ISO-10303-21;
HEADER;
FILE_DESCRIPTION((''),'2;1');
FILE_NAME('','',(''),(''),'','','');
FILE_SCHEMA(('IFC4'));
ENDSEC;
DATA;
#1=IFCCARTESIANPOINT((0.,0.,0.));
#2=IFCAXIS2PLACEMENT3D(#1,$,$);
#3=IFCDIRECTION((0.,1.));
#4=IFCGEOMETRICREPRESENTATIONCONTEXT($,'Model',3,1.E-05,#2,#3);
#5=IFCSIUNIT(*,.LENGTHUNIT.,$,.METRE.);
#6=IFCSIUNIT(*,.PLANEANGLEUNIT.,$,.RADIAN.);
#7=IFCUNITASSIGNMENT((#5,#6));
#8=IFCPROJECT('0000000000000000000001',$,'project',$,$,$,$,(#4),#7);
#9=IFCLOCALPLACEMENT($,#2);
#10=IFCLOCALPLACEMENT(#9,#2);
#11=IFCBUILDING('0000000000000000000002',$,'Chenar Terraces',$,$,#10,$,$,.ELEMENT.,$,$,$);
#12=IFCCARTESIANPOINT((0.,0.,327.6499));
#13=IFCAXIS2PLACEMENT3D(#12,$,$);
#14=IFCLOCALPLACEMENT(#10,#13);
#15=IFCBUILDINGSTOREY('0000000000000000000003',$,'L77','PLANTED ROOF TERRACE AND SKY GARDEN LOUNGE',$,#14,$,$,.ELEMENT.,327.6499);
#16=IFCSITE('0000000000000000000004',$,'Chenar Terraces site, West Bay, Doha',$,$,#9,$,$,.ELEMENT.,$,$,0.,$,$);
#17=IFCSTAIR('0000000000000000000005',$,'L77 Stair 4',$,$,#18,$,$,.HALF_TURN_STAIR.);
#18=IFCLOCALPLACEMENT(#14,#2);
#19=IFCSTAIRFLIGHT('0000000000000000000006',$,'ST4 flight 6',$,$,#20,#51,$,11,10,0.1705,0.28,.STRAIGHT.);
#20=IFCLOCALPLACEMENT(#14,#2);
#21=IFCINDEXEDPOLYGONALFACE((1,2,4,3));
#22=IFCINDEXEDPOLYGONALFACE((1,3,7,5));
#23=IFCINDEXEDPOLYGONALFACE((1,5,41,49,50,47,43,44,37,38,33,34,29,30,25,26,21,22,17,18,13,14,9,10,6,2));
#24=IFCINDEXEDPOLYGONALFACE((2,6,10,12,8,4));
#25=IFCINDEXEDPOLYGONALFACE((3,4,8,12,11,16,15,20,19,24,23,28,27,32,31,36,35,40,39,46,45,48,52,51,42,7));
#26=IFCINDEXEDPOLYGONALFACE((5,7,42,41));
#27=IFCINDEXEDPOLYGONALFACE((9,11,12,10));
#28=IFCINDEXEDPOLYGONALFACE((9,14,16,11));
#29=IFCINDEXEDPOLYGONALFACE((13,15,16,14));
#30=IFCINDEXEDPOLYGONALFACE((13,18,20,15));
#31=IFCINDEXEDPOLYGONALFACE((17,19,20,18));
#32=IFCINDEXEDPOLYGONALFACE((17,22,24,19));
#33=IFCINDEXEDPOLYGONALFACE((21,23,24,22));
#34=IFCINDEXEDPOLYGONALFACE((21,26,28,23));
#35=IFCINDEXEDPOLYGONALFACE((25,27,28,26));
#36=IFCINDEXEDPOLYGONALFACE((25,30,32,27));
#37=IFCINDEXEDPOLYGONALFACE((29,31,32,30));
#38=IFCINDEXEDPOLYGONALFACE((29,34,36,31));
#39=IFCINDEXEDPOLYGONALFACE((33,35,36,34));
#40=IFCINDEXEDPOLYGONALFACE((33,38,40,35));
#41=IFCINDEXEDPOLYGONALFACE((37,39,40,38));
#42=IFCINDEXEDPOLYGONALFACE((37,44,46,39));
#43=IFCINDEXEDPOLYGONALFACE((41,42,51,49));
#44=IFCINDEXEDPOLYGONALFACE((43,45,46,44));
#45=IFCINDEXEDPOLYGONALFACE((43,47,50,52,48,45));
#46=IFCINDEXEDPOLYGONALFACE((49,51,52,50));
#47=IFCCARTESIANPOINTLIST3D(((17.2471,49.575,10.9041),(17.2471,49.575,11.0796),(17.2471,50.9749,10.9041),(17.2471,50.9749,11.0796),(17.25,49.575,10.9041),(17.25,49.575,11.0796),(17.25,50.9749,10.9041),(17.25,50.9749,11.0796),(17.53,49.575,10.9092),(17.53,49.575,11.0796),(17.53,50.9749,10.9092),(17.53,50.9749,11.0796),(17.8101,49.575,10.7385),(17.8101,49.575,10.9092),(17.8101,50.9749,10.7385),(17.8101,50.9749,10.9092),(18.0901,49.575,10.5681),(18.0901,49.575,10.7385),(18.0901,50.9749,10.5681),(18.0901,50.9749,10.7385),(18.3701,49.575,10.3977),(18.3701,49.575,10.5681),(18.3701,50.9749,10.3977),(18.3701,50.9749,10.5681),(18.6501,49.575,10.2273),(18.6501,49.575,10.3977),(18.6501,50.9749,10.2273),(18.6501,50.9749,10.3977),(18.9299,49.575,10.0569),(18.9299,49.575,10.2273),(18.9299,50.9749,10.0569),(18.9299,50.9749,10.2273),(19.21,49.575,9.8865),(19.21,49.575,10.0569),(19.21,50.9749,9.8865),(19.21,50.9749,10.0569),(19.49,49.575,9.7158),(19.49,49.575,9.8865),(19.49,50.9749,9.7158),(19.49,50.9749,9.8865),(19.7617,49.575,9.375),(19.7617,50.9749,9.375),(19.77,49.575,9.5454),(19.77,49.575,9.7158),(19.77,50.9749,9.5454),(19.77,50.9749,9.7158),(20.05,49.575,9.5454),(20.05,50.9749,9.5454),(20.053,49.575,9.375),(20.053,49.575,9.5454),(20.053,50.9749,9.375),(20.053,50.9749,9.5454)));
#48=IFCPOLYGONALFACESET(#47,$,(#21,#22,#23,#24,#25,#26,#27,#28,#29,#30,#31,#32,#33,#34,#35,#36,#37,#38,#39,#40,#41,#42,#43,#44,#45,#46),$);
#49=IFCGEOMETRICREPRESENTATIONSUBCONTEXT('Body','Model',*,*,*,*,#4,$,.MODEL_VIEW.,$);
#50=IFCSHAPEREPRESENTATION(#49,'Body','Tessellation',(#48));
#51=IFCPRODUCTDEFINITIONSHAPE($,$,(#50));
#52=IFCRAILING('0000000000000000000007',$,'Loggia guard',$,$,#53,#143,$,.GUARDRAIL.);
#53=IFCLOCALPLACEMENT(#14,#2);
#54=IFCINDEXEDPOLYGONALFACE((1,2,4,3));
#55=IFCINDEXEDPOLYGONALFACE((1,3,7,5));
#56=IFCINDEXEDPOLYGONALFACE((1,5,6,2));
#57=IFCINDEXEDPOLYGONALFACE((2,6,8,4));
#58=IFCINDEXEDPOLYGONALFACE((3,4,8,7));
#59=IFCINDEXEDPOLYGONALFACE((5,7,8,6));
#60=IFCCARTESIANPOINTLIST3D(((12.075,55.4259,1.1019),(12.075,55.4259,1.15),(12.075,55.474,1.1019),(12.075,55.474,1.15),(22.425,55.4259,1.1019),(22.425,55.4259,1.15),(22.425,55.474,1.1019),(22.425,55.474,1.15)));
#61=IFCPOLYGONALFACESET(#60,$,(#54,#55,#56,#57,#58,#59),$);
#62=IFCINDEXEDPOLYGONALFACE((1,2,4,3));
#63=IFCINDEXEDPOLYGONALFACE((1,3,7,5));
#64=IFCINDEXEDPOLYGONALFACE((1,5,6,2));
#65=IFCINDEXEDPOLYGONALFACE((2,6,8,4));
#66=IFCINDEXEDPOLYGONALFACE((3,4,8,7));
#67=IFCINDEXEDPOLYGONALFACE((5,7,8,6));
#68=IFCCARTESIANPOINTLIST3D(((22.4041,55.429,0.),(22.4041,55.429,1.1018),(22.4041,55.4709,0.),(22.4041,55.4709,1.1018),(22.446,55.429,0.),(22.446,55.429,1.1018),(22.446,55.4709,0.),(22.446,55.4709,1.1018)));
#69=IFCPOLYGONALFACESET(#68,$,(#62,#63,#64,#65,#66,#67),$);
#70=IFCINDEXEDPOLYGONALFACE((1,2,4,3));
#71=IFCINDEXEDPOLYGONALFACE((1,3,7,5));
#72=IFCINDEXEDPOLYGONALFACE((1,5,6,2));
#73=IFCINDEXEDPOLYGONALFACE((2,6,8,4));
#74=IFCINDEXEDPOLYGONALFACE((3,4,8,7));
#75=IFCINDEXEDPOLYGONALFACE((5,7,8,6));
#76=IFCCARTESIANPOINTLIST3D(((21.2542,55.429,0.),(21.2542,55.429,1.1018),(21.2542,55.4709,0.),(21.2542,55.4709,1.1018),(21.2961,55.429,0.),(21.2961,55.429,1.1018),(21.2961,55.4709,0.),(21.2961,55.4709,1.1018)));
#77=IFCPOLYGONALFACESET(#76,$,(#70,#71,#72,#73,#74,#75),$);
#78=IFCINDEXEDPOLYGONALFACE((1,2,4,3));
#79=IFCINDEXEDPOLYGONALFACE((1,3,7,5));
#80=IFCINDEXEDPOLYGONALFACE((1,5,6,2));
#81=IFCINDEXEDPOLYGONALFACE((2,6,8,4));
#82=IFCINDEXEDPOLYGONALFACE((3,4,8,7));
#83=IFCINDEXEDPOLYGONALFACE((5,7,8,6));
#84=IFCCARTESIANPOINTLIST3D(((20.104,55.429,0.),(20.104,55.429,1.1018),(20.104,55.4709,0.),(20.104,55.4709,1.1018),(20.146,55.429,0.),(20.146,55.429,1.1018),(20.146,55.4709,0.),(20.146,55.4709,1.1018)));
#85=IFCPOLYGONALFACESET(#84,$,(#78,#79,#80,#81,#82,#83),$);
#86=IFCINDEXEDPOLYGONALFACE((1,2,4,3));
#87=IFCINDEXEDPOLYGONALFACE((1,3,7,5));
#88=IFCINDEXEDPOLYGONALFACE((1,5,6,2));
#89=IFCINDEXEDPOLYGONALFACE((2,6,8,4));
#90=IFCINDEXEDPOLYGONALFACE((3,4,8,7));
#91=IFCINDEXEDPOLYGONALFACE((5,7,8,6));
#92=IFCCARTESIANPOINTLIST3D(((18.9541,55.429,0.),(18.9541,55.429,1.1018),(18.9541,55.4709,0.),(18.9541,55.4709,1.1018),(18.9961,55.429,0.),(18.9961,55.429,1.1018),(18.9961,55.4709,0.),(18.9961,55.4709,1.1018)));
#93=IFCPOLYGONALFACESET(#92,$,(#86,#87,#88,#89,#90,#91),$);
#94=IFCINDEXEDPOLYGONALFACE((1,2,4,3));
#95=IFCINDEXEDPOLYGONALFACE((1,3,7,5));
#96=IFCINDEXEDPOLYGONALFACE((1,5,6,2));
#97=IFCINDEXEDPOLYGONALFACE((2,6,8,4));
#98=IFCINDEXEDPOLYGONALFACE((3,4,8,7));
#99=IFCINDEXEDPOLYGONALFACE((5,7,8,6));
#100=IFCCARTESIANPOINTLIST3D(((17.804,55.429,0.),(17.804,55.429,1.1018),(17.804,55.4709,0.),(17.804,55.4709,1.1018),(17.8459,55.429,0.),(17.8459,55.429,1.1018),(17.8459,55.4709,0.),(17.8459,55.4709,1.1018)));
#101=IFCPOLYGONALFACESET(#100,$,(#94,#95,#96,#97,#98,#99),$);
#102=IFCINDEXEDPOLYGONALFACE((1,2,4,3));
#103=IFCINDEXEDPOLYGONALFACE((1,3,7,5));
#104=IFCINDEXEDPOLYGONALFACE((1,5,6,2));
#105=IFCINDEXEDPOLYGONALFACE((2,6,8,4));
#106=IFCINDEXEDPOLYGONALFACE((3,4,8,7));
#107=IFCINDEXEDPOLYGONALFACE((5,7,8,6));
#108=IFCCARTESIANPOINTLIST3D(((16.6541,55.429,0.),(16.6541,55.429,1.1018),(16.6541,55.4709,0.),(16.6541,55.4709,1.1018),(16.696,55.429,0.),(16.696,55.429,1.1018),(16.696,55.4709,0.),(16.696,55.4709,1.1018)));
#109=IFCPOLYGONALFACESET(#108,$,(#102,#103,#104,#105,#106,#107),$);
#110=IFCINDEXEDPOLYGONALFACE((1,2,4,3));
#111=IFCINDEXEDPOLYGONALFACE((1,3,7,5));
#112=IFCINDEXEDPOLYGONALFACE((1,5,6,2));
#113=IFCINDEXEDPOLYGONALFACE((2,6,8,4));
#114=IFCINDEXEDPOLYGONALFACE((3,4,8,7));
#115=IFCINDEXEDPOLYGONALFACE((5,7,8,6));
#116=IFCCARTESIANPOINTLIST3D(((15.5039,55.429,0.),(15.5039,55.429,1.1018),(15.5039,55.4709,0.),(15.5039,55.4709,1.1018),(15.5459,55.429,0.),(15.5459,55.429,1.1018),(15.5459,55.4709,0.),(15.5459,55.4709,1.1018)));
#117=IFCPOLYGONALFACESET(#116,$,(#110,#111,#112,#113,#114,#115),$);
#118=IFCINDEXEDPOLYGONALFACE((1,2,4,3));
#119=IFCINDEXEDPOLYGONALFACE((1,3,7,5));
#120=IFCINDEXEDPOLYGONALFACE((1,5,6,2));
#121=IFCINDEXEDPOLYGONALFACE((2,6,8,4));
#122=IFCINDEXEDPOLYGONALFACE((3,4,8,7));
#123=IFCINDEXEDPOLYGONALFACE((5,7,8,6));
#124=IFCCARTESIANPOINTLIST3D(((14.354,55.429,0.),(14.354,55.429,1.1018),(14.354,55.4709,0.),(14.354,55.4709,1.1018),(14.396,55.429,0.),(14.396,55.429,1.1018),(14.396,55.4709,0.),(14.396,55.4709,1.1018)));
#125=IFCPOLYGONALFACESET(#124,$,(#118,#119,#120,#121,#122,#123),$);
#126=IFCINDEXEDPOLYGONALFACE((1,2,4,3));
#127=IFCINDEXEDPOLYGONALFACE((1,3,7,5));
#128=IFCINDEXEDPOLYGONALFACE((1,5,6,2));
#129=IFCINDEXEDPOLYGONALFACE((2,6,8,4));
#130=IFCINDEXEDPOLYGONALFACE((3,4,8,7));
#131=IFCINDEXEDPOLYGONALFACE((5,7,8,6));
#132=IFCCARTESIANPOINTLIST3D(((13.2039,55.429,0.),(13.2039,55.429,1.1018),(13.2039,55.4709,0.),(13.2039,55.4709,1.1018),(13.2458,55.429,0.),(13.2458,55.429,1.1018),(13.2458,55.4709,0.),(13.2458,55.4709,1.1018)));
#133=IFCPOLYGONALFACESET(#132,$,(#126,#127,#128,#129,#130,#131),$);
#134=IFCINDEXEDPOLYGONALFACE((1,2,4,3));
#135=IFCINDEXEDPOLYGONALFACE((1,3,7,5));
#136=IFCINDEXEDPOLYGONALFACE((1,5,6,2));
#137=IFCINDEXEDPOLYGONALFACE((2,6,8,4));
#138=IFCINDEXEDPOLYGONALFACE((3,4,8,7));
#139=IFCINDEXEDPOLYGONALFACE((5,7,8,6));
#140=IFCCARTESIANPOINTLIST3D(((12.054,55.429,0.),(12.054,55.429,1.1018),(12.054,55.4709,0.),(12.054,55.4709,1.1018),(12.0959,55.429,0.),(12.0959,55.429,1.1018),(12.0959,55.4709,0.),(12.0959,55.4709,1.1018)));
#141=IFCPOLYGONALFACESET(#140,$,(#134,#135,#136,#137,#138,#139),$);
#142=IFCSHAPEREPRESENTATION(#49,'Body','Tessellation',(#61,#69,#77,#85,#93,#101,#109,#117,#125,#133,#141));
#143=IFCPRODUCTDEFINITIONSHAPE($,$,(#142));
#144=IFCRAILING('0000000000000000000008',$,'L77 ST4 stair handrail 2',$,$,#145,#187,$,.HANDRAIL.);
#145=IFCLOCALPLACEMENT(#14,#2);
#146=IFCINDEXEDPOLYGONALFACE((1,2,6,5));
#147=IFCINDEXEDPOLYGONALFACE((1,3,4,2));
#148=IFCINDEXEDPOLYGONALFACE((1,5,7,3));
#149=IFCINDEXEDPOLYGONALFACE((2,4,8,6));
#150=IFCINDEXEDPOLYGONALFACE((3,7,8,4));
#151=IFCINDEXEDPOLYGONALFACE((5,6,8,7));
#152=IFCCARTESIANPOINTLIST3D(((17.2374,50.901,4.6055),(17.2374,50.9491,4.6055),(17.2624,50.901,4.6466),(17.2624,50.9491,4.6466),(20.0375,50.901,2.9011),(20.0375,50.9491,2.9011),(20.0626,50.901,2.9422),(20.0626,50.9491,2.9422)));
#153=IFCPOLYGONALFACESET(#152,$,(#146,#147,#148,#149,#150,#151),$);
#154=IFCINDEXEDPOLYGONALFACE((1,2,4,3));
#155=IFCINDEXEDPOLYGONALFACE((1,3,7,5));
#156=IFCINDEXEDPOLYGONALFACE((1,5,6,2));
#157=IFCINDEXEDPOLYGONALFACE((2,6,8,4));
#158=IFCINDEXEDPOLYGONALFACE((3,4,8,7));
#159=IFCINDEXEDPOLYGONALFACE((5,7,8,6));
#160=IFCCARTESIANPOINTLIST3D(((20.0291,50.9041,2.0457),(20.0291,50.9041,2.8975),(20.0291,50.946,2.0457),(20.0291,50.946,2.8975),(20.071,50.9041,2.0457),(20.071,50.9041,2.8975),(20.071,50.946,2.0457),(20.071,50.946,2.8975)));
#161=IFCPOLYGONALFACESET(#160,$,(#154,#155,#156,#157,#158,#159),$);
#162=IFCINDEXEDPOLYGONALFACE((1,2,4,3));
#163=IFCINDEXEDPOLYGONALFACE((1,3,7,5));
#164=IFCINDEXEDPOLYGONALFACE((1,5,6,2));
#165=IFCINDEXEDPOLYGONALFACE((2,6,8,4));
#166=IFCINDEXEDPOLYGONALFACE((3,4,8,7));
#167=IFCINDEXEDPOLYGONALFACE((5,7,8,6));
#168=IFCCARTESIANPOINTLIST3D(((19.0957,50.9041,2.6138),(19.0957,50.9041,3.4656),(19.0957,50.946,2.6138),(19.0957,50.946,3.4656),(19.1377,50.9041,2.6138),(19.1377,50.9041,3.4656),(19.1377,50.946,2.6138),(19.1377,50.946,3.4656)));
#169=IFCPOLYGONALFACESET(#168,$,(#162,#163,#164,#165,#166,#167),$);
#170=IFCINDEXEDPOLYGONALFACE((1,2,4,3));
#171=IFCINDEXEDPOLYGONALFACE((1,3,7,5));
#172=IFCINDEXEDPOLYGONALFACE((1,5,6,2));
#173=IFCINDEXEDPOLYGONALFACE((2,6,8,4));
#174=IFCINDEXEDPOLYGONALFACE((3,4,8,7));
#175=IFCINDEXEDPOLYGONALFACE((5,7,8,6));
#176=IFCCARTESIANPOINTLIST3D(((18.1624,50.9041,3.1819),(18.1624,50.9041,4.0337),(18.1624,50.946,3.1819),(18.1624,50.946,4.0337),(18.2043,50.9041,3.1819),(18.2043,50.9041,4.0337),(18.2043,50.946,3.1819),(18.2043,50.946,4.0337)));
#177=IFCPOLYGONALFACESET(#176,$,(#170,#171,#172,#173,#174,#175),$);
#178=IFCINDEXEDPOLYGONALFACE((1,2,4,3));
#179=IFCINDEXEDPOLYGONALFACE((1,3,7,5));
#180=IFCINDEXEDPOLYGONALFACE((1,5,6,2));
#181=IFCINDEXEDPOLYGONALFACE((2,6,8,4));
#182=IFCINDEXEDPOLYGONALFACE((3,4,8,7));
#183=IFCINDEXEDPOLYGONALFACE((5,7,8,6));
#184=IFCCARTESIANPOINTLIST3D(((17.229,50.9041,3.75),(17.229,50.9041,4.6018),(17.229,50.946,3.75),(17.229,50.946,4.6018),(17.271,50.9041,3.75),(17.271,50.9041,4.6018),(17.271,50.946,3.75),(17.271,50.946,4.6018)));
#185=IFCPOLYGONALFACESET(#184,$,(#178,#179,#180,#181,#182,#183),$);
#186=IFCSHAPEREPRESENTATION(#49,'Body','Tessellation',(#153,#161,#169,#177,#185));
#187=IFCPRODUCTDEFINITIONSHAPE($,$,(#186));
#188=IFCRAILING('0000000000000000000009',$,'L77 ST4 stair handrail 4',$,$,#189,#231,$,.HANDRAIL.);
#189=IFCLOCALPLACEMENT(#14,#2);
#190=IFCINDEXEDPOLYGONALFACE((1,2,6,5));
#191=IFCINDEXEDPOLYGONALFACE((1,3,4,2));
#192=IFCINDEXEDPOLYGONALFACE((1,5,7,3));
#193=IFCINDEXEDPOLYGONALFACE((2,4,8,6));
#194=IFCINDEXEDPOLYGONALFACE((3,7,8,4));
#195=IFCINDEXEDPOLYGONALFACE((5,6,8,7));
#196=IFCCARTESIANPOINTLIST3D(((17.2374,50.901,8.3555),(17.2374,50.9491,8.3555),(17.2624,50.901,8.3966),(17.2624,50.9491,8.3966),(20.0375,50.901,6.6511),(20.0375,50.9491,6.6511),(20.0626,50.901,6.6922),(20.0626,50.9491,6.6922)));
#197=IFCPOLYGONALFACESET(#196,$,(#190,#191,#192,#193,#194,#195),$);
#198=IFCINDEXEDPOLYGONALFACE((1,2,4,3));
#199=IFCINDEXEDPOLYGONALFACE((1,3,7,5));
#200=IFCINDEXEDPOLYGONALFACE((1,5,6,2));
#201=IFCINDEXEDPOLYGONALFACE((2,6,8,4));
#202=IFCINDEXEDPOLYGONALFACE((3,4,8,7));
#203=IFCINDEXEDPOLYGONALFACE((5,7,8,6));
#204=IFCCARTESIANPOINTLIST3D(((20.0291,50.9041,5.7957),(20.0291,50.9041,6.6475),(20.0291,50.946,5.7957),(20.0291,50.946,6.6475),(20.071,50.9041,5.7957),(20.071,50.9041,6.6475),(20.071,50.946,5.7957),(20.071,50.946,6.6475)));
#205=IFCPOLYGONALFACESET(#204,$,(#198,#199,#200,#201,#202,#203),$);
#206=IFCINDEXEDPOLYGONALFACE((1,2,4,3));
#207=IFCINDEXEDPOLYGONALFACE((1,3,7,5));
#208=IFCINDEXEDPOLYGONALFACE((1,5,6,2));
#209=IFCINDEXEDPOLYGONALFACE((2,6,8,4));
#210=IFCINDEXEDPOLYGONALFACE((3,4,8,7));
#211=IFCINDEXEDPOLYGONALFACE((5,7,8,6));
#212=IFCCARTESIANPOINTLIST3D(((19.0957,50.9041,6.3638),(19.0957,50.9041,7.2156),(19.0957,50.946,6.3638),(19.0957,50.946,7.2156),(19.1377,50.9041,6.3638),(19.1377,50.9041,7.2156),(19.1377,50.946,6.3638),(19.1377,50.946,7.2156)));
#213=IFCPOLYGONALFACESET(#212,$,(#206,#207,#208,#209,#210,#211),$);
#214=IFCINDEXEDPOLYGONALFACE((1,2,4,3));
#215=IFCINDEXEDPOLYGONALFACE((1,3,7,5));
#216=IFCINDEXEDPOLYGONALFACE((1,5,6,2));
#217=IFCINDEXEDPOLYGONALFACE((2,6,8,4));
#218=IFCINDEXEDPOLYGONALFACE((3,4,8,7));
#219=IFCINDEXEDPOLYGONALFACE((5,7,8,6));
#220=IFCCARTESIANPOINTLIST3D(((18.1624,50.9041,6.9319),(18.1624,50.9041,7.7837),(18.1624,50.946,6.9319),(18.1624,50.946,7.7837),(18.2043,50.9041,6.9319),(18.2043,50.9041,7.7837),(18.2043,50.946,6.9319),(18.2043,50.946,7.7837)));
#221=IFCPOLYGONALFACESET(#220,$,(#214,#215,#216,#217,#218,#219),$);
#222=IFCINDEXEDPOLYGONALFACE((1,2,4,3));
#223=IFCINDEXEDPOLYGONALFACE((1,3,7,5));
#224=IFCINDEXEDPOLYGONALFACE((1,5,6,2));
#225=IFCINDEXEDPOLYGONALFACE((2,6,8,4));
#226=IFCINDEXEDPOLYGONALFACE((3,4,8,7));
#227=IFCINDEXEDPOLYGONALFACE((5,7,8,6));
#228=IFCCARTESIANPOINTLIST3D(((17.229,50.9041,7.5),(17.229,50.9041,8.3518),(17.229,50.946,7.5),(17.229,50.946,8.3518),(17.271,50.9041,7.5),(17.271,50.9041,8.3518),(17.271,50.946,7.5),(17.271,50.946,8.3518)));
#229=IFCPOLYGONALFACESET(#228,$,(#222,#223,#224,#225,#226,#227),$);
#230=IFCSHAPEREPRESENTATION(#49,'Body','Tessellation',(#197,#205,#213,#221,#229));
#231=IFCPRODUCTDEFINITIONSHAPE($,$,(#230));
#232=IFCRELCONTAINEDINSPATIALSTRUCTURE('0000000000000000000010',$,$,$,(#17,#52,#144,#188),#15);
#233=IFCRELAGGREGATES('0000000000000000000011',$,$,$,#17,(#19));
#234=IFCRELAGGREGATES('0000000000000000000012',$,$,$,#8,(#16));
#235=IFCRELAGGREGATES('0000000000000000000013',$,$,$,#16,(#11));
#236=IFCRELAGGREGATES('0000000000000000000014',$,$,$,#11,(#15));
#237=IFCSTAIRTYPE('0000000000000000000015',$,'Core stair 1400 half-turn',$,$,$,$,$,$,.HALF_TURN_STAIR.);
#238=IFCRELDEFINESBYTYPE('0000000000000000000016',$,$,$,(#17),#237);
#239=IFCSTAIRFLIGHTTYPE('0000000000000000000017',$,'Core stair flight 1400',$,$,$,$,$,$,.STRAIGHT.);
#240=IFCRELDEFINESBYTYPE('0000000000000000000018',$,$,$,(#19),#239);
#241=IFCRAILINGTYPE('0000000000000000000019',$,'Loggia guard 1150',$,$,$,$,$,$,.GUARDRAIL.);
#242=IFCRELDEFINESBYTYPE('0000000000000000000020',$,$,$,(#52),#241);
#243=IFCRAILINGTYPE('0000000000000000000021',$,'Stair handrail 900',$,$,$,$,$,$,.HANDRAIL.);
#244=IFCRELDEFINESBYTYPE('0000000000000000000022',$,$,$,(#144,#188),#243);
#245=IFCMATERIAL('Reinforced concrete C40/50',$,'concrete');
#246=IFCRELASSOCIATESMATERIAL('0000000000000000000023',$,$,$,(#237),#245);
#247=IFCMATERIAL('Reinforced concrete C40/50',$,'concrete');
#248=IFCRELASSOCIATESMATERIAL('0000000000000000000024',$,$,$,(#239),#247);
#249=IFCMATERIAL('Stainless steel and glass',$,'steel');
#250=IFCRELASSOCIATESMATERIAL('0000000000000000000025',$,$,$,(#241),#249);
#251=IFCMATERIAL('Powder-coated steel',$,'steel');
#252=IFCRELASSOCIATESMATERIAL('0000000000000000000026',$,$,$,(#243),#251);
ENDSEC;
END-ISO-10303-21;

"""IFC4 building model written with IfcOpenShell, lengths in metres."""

from ifc_helpers import new_model, si_unit, direction, frame, origin, origin_2d, place, context, subcontext, project, spatial, polyline, rectangle, outline, extrude, material, type_object, element, aggregate, save


model = new_model("IFC4")

# Units and contexts
model_context = context("Model", 3, precision=1e-05, world=origin(), true_north=direction((0.0, 1.0)))
body_context = subcontext(model_context, "Body", "Model", "MODEL_VIEW")
ifc_project = project(units=[si_unit("LENGTHUNIT", "METRE"), si_unit("PLANEANGLEUNIT", "RADIAN")], contexts=[model_context])

# Site, building, storey
site_placement = place(None, origin())
site = spatial("IfcSite", under=ifc_project, at=site_placement, Name="Chenar Terraces site, West Bay, Doha", CompositionType="ELEMENT", RefElevation=0.0)
building_placement = place(site_placement, origin())
building = spatial("IfcBuilding", under=site, at=building_placement, Name="Chenar Terraces", CompositionType="ELEMENT")
storey_placement = place(building_placement, frame((0.0, 0.0, 327.6499)))
storey = spatial("IfcBuildingStorey", under=building, at=storey_placement, Name="L77", Description="PLANTED ROOF TERRACE AND SKY GARDEN LOUNGE", CompositionType="ELEMENT", Elevation=327.6499)

# Shared definitions
placement = place(storey_placement, origin())

# Stair, stair flight
ifc_material_1 = material(Name="Reinforced concrete C40/50", Category="concrete")
stair_type = type_object("IfcStairType", Name="Core stair 1400 half-turn", PredefinedType="HALF_TURN_STAIR", material=ifc_material_1)
stair = element("IfcStair", 1, at=placement, inside=storey, type_object=stair_type, Name="L77 Stair 4", PredefinedType="HALF_TURN_STAIR")
ifc_material_2 = material(Name="Reinforced concrete C40/50", Category="concrete")
stair_flight_type = type_object("IfcStairFlightType", Name="Core stair flight 1400", PredefinedType="STRAIGHT", material=ifc_material_2)
stair_flight_1_placement = place(storey_placement, frame((20.05, 50.2749, 9.375), z_axis=(0.0, 0.0, 1.0), x_axis=(-1.0, 0.0, 0.0)))
stair_flight_1 = element("IfcStairFlight", 2, at=stair_flight_1_placement, type_object=stair_flight_type, Name="ST4 flight 6", NumberOfRisers=11, NumberOfTreads=10, PredefinedType="STRAIGHT", RiserHeight=0.1705, TreadLength=0.28, context=body_context, shape_type="SweptSolid", body=[
    extrude(outline(polyline([(-0.0029, 0.0), (-0.0029, 0.1704), (0.0, 0.1704), (0.28, 0.1704), (0.28, 0.3408), (0.5601, 0.3408), (0.5601, 0.5115), (0.8401, 0.5115), (0.8401, 0.6819), (1.1201, 0.6819), (1.1201, 0.8523), (1.3999, 0.8523), (1.3999, 1.0227), (1.6799, 1.0227), (1.6799, 1.1931), (1.96, 1.1931), (1.96, 1.3635), (2.24, 1.3635), (2.24, 1.5342), (2.52, 1.5342), (2.52, 1.7046), (2.8, 1.7046), (2.803, 1.7046), (2.803, 1.5291), (2.8, 1.5291), (0.2883, 0.0), (-0.0029, 0.0)])), frame((0.0, 0.7, 0.0), z_axis=(0.0, -1.0, 0.0), x_axis=(1.0, 0.0, 0.0)), (0.0, 0.0, 1.0), 1.3999),
])
aggregate(stair, [stair_flight_1])

# Railings
ifc_material_3 = material(Name="Stainless steel and glass", Category="steel")
railing_type_1 = type_object("IfcRailingType", Name="Loggia guard 1150", PredefinedType="GUARDRAIL", material=ifc_material_3)
railing_1_placement = place(storey_placement, frame((22.425, 55.45, 0.0)))
element("IfcRailing", 3, at=railing_1_placement, inside=storey, type_object=railing_type_1, Name="Loggia guard", PredefinedType="GUARDRAIL", context=body_context, shape_type="SweptSolid", body=[
    extrude(rectangle(XDim=0.0481, YDim=0.0481, at=origin_2d()), frame((0.0, 0.0, 1.126), z_axis=(-1.0, 0.0, 0.0), x_axis=(0.0, -1.0, 0.0)), (0.0, 0.0, 1.0), 10.3501),
    extrude(rectangle(XDim=0.042, YDim=0.042, at=origin_2d()), origin(), (0.0, 0.0, 1.0), 1.1018),
    extrude(rectangle(XDim=0.042, YDim=0.042, at=origin_2d()), frame((-1.1499, 0.0, 0.0)), (0.0, 0.0, 1.0), 1.1018),
    extrude(rectangle(XDim=0.042, YDim=0.042, at=origin_2d()), frame((-2.3, 0.0, 0.0)), (0.0, 0.0, 1.0), 1.1018),
    extrude(rectangle(XDim=0.042, YDim=0.042, at=origin_2d()), frame((-3.45, 0.0, 0.0)), (0.0, 0.0, 1.0), 1.1018),
    extrude(rectangle(XDim=0.042, YDim=0.042, at=origin_2d()), frame((-4.6001, 0.0, 0.0)), (0.0, 0.0, 1.0), 1.1018),
    extrude(rectangle(XDim=0.042, YDim=0.042, at=origin_2d()), frame((-5.75, 0.0, 0.0)), (0.0, 0.0, 1.0), 1.1018),
    extrude(rectangle(XDim=0.042, YDim=0.042, at=origin_2d()), frame((-6.9001, 0.0, 0.0)), (0.0, 0.0, 1.0), 1.1018),
    extrude(rectangle(XDim=0.042, YDim=0.042, at=origin_2d()), frame((-8.05, 0.0, 0.0)), (0.0, 0.0, 1.0), 1.1018),
    extrude(rectangle(XDim=0.042, YDim=0.042, at=origin_2d()), frame((-9.2002, 0.0, 0.0)), (0.0, 0.0, 1.0), 1.1018),
    extrude(rectangle(XDim=0.042, YDim=0.042, at=origin_2d()), frame((-10.3501, 0.0, 0.0)), (0.0, 0.0, 1.0), 1.1018),
])
ifc_material_4 = material(Name="Powder-coated steel", Category="steel")
railing_type_2 = type_object("IfcRailingType", Name="Stair handrail 900", PredefinedType="HANDRAIL", material=ifc_material_4)
for number, where, name in (
    (4, (20.05, 50.925, 2.0457), "L77 ST4 stair handrail 2"),
    (5, (20.05, 50.925, 5.7957), "L77 ST4 stair handrail 4"),
):
    element("IfcRailing", number, at=place(storey_placement, frame(where)), inside=storey, type_object=railing_type_2, Name=name, PredefinedType="HANDRAIL", context=body_context, shape_type="SweptSolid", body=[
        extrude(rectangle(XDim=0.0481, YDim=0.0481, at=origin_2d()), frame((0.0, 0.0, 0.876), z_axis=(-0.854203, 0.0, 0.51994), x_axis=(0.0, -1.0, 0.0)), (0.0, 0.0, 1.0), 3.2781),
        extrude(rectangle(XDim=0.042, YDim=0.042, at=origin_2d()), origin(), (0.0, 0.0, 1.0), 0.8518),
        extrude(rectangle(XDim=0.042, YDim=0.042, at=origin_2d()), frame((-0.9333, 0.0, 0.5681)), (0.0, 0.0, 1.0), 0.8518),
        extrude(rectangle(XDim=0.042, YDim=0.042, at=origin_2d()), frame((-1.8667, 0.0, 1.1362)), (0.0, 0.0, 1.0), 0.8518),
        extrude(rectangle(XDim=0.042, YDim=0.042, at=origin_2d()), frame((-2.8, 0.0, 1.7043)), (0.0, 0.0, 1.0), 0.8518),
    ])

save(model, "model.ifc")
